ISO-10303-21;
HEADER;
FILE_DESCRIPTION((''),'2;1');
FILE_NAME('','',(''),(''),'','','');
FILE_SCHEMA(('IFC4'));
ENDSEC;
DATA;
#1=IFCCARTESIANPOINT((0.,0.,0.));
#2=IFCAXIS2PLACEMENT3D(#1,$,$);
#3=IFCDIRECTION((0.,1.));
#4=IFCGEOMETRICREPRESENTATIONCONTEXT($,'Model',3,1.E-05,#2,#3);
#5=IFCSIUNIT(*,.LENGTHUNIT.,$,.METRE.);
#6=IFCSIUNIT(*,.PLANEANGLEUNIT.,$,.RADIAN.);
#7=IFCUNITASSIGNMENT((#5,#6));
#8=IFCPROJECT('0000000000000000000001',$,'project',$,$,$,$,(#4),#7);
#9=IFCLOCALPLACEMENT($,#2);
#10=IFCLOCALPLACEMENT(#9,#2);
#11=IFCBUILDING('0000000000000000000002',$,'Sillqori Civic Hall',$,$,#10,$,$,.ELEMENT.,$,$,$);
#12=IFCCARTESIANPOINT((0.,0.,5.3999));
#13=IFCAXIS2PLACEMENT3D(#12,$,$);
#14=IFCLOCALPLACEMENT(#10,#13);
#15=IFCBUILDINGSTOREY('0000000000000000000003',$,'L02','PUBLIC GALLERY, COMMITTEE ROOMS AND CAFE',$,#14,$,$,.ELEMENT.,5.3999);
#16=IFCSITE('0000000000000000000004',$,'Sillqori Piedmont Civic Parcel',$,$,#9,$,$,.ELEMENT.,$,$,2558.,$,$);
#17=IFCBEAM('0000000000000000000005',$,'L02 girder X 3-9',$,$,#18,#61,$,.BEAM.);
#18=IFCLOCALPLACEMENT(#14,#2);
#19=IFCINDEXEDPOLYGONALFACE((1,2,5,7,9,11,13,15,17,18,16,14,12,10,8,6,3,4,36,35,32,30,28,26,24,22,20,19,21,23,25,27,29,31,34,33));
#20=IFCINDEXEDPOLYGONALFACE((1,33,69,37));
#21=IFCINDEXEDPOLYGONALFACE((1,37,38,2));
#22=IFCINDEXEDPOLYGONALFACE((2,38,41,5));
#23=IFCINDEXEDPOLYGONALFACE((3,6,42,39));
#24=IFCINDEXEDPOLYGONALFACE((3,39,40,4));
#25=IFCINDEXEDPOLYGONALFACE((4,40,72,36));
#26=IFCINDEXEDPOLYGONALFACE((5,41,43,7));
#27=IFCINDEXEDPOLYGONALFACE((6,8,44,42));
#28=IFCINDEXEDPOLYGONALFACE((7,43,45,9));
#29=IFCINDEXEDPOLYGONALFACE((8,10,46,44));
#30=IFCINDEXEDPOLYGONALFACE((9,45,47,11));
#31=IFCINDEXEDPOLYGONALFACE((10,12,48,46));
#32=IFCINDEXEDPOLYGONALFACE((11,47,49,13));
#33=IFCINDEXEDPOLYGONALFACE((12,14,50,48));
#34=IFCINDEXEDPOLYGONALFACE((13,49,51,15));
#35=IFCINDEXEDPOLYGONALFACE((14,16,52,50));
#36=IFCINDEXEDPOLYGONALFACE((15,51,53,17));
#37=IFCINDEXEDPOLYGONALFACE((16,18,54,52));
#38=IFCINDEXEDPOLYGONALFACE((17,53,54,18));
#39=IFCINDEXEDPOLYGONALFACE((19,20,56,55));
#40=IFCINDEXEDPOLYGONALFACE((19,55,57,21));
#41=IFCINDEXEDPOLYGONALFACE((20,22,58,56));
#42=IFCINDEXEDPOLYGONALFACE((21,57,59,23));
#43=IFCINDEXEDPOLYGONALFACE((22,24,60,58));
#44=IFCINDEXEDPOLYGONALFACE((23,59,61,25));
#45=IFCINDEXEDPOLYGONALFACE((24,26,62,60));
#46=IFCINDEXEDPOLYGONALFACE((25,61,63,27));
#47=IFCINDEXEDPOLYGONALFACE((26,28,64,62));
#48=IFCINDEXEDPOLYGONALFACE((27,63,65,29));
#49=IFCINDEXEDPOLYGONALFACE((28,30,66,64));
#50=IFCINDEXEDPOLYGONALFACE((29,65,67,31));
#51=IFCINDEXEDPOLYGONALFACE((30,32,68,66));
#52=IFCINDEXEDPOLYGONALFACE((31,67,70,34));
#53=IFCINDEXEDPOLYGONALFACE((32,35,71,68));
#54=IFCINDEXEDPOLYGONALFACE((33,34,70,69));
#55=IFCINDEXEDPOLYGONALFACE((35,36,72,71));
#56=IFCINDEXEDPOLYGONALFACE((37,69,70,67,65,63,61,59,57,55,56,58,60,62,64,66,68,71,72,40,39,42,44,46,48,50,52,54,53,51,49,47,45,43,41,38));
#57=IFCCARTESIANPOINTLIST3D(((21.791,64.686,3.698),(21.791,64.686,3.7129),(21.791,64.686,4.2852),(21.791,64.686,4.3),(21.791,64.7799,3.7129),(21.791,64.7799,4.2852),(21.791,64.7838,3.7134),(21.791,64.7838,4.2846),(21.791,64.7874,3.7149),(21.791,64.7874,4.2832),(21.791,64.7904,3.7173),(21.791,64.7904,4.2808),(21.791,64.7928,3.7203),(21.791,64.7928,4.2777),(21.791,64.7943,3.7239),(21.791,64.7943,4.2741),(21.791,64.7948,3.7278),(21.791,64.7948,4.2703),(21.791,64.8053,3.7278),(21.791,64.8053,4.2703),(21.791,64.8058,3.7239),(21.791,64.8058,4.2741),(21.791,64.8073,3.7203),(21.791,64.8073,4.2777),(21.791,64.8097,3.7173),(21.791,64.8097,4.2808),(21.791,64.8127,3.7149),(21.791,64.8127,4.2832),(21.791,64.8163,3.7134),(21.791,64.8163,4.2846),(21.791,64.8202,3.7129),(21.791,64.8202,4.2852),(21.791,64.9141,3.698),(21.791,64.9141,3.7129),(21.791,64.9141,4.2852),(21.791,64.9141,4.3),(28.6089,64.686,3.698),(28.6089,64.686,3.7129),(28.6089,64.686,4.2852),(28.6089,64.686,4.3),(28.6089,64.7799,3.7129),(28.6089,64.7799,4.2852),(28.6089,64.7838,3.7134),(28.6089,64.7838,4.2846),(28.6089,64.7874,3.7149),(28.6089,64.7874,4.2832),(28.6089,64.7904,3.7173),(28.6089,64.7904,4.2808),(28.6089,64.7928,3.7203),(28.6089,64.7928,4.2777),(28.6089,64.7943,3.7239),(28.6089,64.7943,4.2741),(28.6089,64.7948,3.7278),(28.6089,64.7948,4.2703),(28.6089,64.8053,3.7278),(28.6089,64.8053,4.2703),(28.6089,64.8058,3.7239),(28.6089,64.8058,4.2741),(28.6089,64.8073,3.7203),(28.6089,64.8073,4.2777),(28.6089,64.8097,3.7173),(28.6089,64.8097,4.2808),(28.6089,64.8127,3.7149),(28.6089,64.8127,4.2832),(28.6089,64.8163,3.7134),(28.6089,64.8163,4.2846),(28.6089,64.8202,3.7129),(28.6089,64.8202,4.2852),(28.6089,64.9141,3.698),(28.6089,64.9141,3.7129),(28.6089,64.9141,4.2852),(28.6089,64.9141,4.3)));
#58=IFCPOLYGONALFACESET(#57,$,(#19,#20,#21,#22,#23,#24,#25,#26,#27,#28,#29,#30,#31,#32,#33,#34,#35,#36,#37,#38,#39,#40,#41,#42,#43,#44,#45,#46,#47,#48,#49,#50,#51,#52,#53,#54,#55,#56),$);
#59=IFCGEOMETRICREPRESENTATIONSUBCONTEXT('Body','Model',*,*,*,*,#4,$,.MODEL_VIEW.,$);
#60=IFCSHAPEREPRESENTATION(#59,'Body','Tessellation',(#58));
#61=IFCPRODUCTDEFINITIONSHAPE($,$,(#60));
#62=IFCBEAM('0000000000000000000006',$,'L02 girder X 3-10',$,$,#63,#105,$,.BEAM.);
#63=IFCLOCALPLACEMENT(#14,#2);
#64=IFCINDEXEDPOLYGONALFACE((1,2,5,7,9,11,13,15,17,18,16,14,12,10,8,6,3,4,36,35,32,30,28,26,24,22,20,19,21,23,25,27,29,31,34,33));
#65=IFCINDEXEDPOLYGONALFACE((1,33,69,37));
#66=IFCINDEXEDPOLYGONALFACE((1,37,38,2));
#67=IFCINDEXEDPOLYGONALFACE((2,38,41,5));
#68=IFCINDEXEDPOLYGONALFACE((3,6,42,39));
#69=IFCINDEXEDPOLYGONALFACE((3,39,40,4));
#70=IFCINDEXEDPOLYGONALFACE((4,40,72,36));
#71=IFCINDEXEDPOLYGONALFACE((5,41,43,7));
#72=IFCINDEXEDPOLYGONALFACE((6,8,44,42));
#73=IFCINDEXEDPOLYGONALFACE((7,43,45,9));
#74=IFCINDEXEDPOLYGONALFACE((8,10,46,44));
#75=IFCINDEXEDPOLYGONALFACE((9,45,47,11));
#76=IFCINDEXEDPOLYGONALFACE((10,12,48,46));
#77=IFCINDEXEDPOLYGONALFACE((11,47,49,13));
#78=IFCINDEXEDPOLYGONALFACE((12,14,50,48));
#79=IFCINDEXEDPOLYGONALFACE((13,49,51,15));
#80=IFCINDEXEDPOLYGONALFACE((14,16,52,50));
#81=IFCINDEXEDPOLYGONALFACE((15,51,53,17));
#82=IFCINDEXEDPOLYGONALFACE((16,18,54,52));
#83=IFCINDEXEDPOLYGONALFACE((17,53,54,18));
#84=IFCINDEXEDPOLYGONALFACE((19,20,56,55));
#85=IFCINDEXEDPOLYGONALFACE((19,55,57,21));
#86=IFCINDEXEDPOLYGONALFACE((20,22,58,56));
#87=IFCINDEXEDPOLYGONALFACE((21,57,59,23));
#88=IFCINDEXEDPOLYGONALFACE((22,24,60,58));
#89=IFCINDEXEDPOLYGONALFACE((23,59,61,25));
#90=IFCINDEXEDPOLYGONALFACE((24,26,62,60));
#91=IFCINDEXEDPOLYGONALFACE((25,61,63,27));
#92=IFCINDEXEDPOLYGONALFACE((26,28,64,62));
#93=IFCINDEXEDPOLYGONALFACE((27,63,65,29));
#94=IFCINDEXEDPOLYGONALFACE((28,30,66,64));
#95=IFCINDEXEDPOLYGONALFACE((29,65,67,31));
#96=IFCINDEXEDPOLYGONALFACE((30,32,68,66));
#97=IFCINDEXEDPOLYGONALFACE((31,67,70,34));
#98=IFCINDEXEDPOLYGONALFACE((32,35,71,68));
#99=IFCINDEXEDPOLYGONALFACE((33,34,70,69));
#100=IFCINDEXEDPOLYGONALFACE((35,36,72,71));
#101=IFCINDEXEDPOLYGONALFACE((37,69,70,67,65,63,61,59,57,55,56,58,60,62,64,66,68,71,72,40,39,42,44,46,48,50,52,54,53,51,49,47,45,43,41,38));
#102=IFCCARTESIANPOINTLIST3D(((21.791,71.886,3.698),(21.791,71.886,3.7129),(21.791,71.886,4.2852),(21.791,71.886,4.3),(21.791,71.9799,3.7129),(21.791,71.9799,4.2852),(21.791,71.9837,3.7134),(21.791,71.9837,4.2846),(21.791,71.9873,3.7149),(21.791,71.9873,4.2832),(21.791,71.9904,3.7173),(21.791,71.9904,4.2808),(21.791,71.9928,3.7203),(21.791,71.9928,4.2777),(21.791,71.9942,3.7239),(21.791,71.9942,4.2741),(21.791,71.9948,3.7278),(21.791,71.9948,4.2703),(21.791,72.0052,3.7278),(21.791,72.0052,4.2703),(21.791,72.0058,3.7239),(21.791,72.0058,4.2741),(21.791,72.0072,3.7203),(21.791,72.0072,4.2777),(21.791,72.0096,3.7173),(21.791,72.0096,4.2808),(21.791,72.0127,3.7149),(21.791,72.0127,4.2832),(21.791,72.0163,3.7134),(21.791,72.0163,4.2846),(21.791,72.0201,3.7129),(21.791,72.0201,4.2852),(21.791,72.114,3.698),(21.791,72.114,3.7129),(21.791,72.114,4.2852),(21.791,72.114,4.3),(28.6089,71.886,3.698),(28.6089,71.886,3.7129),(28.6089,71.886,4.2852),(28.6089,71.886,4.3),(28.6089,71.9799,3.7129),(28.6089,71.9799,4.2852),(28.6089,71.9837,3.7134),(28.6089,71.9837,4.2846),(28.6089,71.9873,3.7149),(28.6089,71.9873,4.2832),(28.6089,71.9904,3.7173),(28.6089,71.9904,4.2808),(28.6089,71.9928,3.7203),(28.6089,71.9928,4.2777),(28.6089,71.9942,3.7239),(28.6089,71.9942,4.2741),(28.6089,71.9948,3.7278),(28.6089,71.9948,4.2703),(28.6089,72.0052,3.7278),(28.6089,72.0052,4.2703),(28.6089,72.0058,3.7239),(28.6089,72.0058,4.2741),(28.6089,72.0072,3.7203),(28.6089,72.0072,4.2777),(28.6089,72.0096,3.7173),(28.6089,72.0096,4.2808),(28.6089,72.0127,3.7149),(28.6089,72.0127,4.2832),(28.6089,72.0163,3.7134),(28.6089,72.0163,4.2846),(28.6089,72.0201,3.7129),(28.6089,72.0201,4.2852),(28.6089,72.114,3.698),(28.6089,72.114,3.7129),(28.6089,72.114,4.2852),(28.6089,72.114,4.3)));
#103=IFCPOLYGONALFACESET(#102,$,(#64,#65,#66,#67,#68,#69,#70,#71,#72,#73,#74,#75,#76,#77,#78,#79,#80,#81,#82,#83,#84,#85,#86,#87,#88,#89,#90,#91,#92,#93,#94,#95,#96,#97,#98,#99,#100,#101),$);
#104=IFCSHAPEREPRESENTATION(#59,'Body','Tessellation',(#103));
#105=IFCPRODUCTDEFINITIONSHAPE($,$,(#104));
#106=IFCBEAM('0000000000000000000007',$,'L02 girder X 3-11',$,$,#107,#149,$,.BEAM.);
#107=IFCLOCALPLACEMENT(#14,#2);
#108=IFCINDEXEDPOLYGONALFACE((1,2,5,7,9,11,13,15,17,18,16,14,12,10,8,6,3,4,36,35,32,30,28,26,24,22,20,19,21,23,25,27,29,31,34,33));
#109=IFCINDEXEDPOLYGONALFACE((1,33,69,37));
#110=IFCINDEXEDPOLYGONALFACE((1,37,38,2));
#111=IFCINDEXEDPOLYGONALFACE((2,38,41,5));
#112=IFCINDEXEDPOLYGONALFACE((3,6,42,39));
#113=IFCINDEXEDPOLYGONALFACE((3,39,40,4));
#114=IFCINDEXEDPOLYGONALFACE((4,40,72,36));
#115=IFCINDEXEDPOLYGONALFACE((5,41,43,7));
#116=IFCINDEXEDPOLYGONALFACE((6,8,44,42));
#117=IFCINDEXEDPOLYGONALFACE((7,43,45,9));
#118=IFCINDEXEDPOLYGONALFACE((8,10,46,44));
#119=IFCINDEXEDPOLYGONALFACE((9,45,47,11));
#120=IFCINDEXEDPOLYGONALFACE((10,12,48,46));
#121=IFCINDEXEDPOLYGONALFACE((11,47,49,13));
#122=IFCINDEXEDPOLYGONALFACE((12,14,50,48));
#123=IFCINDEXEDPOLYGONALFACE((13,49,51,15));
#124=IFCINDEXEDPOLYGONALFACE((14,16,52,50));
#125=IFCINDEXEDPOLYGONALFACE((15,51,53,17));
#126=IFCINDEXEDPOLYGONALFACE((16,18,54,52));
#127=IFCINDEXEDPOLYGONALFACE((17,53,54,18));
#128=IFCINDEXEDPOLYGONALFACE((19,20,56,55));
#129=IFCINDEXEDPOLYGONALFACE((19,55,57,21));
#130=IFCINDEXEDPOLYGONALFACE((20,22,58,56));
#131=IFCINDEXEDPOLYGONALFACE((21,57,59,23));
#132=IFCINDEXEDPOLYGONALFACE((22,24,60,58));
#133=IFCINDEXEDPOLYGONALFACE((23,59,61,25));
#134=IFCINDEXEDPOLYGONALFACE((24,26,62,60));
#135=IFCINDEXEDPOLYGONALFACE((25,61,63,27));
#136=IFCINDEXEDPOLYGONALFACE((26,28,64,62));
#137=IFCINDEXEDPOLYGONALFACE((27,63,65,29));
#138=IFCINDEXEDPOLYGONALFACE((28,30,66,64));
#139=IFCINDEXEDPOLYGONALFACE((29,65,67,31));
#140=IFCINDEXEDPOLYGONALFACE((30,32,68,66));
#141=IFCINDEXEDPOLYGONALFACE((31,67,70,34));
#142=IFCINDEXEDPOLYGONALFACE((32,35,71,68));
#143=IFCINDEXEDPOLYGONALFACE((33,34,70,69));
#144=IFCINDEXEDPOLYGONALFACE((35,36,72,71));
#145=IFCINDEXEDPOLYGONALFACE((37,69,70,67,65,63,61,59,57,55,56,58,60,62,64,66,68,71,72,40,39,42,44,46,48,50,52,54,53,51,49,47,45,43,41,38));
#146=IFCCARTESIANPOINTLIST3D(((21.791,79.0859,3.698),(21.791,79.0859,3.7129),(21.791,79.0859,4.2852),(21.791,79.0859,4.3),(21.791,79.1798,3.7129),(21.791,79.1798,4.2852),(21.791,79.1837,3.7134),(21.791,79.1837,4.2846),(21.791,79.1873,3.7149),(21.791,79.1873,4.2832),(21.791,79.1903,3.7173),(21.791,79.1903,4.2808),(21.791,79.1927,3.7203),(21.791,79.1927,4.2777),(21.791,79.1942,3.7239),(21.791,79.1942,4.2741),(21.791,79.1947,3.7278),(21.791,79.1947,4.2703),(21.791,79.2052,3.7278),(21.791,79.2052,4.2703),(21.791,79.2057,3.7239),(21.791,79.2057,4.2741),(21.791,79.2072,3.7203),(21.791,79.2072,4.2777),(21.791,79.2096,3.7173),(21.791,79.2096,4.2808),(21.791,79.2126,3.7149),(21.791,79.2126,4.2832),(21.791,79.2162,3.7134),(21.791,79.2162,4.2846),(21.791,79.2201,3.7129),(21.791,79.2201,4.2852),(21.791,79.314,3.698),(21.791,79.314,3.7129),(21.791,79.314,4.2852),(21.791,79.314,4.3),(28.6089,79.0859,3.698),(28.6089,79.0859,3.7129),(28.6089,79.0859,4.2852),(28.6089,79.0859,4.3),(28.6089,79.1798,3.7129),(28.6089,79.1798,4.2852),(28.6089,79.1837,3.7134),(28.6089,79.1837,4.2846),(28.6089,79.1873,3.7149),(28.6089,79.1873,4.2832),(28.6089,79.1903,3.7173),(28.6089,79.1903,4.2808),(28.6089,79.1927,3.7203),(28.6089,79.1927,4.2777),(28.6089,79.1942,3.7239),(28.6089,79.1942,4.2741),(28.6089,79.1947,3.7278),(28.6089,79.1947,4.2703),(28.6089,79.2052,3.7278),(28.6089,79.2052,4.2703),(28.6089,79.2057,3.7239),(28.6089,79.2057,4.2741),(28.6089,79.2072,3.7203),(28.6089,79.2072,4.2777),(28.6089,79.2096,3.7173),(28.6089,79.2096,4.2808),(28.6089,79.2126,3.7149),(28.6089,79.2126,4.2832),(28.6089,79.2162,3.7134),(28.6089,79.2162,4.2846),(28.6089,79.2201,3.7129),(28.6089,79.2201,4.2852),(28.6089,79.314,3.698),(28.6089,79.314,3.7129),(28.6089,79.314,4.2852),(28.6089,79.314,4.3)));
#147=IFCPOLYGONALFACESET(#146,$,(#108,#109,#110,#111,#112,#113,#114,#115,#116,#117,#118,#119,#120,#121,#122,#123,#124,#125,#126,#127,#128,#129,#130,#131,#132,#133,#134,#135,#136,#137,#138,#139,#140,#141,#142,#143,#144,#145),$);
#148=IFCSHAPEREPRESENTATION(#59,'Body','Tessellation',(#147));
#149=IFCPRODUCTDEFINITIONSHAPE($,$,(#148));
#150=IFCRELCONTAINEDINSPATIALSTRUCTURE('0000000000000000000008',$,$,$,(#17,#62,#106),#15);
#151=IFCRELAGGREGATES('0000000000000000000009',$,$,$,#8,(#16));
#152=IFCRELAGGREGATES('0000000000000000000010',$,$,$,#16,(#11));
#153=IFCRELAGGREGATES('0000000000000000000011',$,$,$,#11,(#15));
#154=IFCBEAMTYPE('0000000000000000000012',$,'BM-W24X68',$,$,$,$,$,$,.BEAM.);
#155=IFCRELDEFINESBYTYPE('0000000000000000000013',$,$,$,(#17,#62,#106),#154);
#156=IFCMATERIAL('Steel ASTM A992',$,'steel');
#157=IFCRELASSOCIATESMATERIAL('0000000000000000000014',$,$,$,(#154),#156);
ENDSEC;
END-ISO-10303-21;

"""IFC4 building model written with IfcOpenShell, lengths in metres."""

from ifc_helpers import new_model, si_unit, direction, frame, origin, origin_2d, place, context, subcontext, project, spatial, i_section, extrude, material, material_profile, profile_set, type_object, element, save


model = new_model("IFC4")

# Units and contexts
model_context = context("Model", 3, precision=1e-05, world=origin(), true_north=direction((0.0, 1.0)))
body_context = subcontext(model_context, "Body", "Model", "MODEL_VIEW")
ifc_project = project(units=[si_unit("LENGTHUNIT", "METRE"), si_unit("PLANEANGLEUNIT", "RADIAN")], contexts=[model_context])

# Site, building, storey
site_placement = place(None, origin())
site = spatial("IfcSite", under=ifc_project, at=site_placement, Name="Sillqori Piedmont Civic Parcel", CompositionType="ELEMENT", RefElevation=2558.0)
building_placement = place(site_placement, origin())
building = spatial("IfcBuilding", under=site, at=building_placement, Name="Sillqori Civic Hall", CompositionType="ELEMENT")
storey_placement = place(building_placement, frame((0.0, 0.0, 5.3999)))
storey = spatial("IfcBuildingStorey", under=building, at=storey_placement, Name="L02", Description="PUBLIC GALLERY, COMMITTEE ROOMS AND CAFE", CompositionType="ELEMENT", Elevation=5.3999)

# Shared definitions
ifc_material_1 = material(Name="Steel ASTM A992", Category="steel")

# Beams
ifc_material_profile_1 = material_profile(ifc_material_1, i_section(OverallWidth=0.228, OverallDepth=0.6021, WebThickness=0.0105, FlangeThickness=0.0149, FilletRadius=0.0149, at=origin_2d()), Name="W24X68")
ifc_profile_set_1 = profile_set([ifc_material_profile_1], Name="Steel ASTM A992")
beam_type_1 = type_object("IfcBeamType", Name="BM-W24X68", PredefinedType="BEAM", material=ifc_profile_set_1)
for number, where, z_axis, x_axis, name in (
    (1, (21.791, 64.8, 3.999), (1.0, 0.0, 0.0), (0.0, 1.0, 0.0), "L02 girder X 3-9"),
    (2, (21.791, 72.0, 3.999), (1.0, 0.0, 0.0), (0.0, 1.0, 0.0), "L02 girder X 3-10"),
    (3, (21.791, 79.2, 3.999), (1.0, 0.0, 0.0), (0.0, 1.0, 0.0), "L02 girder X 3-11"),
):
    element("IfcBeam", number, at=place(storey_placement, frame(where, z_axis=z_axis, x_axis=x_axis)), inside=storey, type_object=beam_type_1, Name=name, PredefinedType="BEAM", context=body_context, shape_type="SweptSolid", body=[
        extrude(i_section(OverallWidth=0.228, OverallDepth=0.6021, WebThickness=0.0105, FlangeThickness=0.0149, FilletRadius=0.0149, at=origin_2d()), origin(), (0.0, 0.0, 1.0), 6.8179),
    ])

save(model, "model.ifc")
